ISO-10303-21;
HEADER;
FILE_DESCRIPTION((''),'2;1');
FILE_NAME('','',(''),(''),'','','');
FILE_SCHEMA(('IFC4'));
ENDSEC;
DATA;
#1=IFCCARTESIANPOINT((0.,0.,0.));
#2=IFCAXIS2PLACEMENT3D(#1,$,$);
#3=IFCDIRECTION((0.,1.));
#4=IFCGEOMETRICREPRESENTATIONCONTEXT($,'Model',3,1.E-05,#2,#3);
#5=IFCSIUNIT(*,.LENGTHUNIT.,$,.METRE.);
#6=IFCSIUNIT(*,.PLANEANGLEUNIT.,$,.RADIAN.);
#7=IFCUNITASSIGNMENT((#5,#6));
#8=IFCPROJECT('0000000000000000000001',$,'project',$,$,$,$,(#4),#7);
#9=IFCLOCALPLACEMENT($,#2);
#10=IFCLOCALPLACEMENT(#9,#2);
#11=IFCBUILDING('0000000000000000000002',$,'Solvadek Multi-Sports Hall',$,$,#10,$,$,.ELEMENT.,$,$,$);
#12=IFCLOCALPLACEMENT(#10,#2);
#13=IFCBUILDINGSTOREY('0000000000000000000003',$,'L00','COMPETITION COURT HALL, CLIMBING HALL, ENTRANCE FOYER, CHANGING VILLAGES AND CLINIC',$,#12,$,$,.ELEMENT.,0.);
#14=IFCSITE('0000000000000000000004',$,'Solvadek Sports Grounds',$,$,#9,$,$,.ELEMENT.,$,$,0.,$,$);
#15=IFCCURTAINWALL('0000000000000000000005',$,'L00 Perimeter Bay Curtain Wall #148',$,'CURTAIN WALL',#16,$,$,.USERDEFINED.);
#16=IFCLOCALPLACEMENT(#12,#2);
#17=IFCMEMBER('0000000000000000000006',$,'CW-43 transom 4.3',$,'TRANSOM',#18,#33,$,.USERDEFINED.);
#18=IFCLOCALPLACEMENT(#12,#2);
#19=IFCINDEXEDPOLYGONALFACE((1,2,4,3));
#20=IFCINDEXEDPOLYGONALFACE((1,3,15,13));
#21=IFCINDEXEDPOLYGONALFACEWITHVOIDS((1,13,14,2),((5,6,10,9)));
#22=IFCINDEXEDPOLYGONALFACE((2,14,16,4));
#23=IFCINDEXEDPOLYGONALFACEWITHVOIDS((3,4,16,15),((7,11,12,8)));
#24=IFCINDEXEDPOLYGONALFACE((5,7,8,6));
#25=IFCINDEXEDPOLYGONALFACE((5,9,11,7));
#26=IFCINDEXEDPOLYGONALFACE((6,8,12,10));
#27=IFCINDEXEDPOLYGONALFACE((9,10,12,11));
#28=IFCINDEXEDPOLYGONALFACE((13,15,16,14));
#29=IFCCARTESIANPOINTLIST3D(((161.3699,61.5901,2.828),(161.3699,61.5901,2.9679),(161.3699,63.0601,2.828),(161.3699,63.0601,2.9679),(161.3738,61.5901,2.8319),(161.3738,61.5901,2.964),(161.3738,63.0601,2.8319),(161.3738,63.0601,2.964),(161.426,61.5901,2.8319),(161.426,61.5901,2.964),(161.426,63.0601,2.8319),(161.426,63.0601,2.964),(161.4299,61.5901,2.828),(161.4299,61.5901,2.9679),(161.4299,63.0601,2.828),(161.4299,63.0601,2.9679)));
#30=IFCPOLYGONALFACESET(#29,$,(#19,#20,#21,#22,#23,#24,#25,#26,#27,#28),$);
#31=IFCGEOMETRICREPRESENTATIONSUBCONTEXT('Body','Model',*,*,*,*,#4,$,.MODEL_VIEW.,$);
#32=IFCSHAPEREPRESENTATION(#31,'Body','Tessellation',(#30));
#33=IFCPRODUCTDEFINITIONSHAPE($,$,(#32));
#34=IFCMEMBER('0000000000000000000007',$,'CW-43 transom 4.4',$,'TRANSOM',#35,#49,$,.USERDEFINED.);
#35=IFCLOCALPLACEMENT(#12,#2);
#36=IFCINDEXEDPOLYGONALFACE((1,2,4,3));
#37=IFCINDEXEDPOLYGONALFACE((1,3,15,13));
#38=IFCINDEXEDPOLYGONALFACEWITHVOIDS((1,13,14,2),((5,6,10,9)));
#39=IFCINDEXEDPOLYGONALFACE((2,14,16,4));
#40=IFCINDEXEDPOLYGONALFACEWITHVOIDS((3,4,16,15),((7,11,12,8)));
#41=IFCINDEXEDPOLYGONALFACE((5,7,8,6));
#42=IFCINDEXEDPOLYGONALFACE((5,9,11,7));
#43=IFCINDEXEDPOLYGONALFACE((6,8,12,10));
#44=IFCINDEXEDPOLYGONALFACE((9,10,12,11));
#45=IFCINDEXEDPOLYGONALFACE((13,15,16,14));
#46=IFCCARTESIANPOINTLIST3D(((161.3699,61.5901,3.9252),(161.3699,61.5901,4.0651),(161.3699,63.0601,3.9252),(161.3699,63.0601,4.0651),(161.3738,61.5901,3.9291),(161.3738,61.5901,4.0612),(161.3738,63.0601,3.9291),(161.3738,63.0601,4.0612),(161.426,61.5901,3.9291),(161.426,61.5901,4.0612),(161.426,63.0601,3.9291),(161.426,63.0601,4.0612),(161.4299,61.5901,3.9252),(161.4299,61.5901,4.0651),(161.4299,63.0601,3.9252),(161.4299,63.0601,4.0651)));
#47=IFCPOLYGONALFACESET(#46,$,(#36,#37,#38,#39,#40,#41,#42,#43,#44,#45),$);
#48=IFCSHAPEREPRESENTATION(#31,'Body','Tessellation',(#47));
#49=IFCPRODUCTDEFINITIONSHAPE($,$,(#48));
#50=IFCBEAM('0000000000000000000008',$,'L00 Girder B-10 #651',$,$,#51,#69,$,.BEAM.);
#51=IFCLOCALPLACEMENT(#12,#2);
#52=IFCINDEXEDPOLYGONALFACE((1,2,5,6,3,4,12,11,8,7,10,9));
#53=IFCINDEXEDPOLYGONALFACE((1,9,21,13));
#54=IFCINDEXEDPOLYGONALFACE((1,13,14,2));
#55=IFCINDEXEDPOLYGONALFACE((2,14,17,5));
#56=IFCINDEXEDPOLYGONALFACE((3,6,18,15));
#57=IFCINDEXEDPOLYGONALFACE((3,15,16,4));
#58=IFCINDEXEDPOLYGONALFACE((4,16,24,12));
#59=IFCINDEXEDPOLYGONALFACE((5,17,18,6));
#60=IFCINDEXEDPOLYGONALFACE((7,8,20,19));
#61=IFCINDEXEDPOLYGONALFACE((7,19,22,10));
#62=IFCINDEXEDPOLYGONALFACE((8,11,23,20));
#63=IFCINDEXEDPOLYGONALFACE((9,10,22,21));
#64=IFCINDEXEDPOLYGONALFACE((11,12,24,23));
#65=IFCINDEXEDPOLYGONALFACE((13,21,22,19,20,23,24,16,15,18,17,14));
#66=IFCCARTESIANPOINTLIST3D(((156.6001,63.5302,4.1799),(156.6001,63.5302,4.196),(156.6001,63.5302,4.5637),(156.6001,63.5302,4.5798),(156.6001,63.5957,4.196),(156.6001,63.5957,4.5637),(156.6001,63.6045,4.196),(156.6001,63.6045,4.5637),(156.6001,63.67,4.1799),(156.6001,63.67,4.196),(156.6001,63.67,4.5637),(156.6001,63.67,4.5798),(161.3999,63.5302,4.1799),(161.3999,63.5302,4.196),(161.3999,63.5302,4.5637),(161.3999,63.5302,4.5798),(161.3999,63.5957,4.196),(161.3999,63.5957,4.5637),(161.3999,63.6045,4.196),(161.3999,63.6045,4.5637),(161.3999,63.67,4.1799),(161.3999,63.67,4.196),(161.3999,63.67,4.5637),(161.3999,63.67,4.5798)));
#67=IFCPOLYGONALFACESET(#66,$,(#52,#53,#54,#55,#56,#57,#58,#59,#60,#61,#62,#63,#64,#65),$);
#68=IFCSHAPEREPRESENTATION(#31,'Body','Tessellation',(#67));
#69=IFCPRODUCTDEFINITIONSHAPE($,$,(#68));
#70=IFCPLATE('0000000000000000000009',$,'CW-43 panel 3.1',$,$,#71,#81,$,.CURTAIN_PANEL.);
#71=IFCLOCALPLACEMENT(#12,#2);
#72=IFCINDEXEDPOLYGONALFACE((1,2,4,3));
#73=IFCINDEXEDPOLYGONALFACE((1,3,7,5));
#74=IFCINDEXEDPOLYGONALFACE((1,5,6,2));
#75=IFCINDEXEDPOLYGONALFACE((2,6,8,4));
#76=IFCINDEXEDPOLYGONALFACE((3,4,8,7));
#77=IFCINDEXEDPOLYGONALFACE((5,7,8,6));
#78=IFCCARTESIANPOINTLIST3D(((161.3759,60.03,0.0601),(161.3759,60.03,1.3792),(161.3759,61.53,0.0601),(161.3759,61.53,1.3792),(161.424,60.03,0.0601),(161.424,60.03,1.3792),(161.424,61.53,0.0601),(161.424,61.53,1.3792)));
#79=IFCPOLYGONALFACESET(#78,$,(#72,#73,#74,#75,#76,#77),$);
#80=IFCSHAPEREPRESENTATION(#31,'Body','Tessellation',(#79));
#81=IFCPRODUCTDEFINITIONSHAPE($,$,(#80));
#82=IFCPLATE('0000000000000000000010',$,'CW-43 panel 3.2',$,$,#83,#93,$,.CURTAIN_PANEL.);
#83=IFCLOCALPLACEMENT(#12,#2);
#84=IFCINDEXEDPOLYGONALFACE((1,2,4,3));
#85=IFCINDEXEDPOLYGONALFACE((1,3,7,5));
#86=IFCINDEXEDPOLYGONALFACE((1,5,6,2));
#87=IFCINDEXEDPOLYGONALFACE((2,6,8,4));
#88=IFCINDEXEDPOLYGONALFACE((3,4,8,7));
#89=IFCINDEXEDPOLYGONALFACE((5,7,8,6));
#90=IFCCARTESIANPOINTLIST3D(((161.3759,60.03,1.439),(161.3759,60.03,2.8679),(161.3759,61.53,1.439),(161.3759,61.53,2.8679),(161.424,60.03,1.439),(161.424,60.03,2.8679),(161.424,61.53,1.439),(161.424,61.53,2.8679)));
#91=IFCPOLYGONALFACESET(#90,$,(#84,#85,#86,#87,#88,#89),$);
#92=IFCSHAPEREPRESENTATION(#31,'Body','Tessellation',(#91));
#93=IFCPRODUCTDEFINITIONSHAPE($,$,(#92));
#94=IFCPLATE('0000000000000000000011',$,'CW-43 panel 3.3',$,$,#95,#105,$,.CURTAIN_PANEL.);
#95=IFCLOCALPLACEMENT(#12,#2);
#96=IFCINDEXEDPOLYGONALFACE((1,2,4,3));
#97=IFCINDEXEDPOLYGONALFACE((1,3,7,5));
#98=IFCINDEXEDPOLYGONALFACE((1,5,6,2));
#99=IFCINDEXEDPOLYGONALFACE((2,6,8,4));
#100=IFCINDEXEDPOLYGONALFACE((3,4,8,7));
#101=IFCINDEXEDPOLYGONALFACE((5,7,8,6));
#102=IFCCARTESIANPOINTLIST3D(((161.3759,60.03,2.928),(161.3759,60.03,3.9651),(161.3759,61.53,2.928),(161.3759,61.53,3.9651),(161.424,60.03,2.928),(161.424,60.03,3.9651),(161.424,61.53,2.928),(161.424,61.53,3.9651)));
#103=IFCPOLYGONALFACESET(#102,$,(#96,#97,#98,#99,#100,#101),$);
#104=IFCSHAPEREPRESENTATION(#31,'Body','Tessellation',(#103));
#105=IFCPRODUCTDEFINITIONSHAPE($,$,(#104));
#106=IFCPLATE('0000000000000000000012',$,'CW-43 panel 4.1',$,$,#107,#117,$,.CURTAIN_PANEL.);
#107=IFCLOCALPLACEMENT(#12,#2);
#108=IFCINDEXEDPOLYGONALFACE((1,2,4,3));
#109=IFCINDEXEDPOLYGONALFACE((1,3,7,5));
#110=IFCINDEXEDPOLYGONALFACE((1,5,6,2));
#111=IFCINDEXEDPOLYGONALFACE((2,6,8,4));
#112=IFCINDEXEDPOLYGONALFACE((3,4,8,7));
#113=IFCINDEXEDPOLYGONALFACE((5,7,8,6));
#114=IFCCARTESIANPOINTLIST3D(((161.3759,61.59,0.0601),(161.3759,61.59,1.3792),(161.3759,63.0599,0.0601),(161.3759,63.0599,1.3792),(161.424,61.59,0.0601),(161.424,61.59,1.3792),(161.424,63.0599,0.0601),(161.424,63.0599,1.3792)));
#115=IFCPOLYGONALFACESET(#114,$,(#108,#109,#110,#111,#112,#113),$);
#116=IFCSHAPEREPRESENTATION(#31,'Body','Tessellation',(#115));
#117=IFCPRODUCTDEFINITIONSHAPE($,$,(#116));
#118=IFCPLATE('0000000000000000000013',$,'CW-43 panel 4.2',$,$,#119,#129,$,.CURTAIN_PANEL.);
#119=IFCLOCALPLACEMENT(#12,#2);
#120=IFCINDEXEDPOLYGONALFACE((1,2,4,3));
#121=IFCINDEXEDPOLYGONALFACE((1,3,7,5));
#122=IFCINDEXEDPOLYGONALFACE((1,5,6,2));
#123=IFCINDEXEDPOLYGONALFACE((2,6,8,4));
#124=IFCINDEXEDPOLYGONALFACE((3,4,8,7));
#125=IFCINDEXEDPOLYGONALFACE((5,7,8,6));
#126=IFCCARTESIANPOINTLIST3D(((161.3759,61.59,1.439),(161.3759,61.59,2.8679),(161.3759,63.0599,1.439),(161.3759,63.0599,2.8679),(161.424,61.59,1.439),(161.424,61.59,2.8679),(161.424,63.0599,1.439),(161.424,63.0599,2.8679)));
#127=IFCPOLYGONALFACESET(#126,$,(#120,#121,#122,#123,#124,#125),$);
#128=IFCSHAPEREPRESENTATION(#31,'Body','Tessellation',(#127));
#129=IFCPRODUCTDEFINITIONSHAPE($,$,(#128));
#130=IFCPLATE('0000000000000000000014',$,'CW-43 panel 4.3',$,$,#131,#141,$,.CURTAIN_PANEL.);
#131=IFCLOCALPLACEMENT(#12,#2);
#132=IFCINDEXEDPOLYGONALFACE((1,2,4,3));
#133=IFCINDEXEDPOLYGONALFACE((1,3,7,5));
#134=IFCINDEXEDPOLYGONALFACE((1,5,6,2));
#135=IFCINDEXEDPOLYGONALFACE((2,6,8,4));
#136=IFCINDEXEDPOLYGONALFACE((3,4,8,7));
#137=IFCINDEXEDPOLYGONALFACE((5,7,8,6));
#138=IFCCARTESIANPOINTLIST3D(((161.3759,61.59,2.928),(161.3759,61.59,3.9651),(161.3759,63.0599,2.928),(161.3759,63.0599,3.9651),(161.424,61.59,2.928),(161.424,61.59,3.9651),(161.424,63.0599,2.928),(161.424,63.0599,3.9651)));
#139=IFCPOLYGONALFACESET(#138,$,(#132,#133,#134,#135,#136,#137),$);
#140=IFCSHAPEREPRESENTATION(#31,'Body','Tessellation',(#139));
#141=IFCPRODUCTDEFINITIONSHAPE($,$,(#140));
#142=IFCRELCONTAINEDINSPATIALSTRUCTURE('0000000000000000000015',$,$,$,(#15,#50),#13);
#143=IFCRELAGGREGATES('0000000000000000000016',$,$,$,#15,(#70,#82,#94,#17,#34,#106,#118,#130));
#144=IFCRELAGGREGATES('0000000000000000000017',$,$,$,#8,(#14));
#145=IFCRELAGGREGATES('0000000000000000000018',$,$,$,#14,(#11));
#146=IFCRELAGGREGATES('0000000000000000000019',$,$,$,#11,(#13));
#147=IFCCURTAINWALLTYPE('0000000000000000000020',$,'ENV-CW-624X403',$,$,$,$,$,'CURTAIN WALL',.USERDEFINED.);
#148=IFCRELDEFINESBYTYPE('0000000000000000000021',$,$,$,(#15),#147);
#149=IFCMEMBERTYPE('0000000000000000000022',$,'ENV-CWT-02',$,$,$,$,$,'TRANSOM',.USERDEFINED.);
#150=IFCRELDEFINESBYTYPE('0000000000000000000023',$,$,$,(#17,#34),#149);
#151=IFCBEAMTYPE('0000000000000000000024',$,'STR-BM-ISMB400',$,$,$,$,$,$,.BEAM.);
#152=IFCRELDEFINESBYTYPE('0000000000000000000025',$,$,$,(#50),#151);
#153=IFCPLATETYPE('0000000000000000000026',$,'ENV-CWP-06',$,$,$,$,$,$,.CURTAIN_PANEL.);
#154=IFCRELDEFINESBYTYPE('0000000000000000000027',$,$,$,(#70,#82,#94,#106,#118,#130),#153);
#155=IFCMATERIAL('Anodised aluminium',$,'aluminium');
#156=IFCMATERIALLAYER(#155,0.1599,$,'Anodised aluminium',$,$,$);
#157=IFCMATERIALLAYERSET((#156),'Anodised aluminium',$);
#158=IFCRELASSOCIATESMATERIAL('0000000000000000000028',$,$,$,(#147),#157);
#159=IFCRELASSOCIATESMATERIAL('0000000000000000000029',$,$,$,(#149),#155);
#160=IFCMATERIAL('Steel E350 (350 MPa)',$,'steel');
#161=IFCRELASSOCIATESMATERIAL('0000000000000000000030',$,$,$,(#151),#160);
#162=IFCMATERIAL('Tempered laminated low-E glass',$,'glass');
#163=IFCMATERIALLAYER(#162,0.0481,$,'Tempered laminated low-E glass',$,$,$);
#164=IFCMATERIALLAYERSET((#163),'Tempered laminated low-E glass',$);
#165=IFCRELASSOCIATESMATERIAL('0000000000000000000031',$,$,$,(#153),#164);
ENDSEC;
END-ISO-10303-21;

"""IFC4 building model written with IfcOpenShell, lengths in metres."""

from ifc_helpers import new_model, si_unit, direction, frame, origin, origin_2d, place, context, subcontext, project, spatial, rectangle, hollow_rectangle, i_section, extrude, material, layer, layer_set, material_profile, profile_set, type_object, element, aggregate, save


model = new_model("IFC4")

# Units and contexts
model_context = context("Model", 3, precision=1e-05, world=origin(), true_north=direction((0.0, 1.0)))
body_context = subcontext(model_context, "Body", "Model", "MODEL_VIEW")
ifc_project = project(units=[si_unit("LENGTHUNIT", "METRE"), si_unit("PLANEANGLEUNIT", "RADIAN")], contexts=[model_context])

# Site, building, storey
site_placement = place(None, origin())
site = spatial("IfcSite", under=ifc_project, at=site_placement, Name="Solvadek Sports Grounds", CompositionType="ELEMENT", RefElevation=0.0)
building_placement = place(site_placement, origin())
building = spatial("IfcBuilding", under=site, at=building_placement, Name="Solvadek Multi-Sports Hall", CompositionType="ELEMENT")
storey_placement = place(building_placement, origin())
storey = spatial("IfcBuildingStorey", under=building, at=storey_placement, Name="L00", Description="COMPETITION COURT HALL, CLIMBING HALL, ENTRANCE FOYER, CHANGING VILLAGES AND CLINIC", CompositionType="ELEMENT", Elevation=0.0)

# Shared definitions
ifc_material_1 = material(Name="Steel E350 (350 MPa)", Category="steel")

# Curtain wall, members
ifc_material_2 = material(Name="Anodised aluminium", Category="aluminium")
ifc_layer_1 = layer(ifc_material_2, 0.1599, Name="Anodised aluminium")
ifc_layer_set_1 = layer_set([ifc_layer_1], Name="Anodised aluminium")
curtain_wall_type = type_object("IfcCurtainWallType", Name="ENV-CW-624X403", ElementType="CURTAIN WALL", PredefinedType="USERDEFINED", material=ifc_layer_set_1)
curtain_wall_placement = place(storey_placement, origin())
curtain_wall = element("IfcCurtainWall", 1, at=curtain_wall_placement, inside=storey, type_object=curtain_wall_type, Name="L00 Perimeter Bay Curtain Wall #148", ObjectType="CURTAIN WALL", PredefinedType="USERDEFINED")
ifc_material_profile_1 = material_profile(ifc_material_2, hollow_rectangle(XDim=0.0601, YDim=0.1399, WallThickness=0.0039, at=origin_2d()), Name="ALU-T 140x60x4")
ifc_profile_set_1 = profile_set([ifc_material_profile_1], Name="Anodised aluminium")
member_type_1 = type_object("IfcMemberType", Name="ENV-CWT-02", ElementType="TRANSOM", PredefinedType="USERDEFINED", material=ifc_profile_set_1)
member_1_placement = place(storey_placement, frame((161.3999, 61.5901, 2.8979), z_axis=(0.0, 1.0, 0.0), x_axis=(-1.0, 0.0, 0.0)))
member_1 = element("IfcMember", 2, at=member_1_placement, type_object=member_type_1, Name="CW-43 transom 4.3", ObjectType="TRANSOM", PredefinedType="USERDEFINED", context=body_context, shape_type="SweptSolid", body=[
    extrude(hollow_rectangle(XDim=0.0601, YDim=0.1399, WallThickness=0.0039, at=origin_2d()), origin(), (0.0, 0.0, 1.0), 1.47),
])
member_2_placement = place(storey_placement, frame((161.3999, 61.5901, 3.9951), z_axis=(0.0, 1.0, 0.0), x_axis=(-1.0, 0.0, 0.0)))
member_2 = element("IfcMember", 3, at=member_2_placement, type_object=member_type_1, Name="CW-43 transom 4.4", ObjectType="TRANSOM", PredefinedType="USERDEFINED", context=body_context, shape_type="SweptSolid", body=[
    extrude(hollow_rectangle(XDim=0.0601, YDim=0.1399, WallThickness=0.0039, at=origin_2d()), origin(), (0.0, 0.0, 1.0), 1.47),
])

# Beam
ifc_material_profile_2 = material_profile(ifc_material_1, i_section(OverallWidth=0.1399, OverallDepth=0.3999, WebThickness=0.0088, FlangeThickness=0.0161, at=origin_2d()), Name="ISMB 400")
ifc_profile_set_2 = profile_set([ifc_material_profile_2], Name="Steel E350 (350 MPa)")
beam_type = type_object("IfcBeamType", Name="STR-BM-ISMB400", PredefinedType="BEAM", material=ifc_profile_set_2)
beam_placement = place(storey_placement, frame((156.6001, 63.6001, 4.3799), z_axis=(1.0, 0.0, 0.0), x_axis=(0.0, 1.0, 0.0)))
element("IfcBeam", 4, at=beam_placement, inside=storey, type_object=beam_type, Name="L00 Girder B-10 #651", PredefinedType="BEAM", context=body_context, shape_type="SweptSolid", body=[
    extrude(i_section(OverallWidth=0.1399, OverallDepth=0.3999, WebThickness=0.0088, FlangeThickness=0.0161, at=origin_2d()), origin(), (0.0, 0.0, 1.0), 4.7998),
])

# Plates
ifc_material_3 = material(Name="Tempered laminated low-E glass", Category="glass")
ifc_layer_2 = layer(ifc_material_3, 0.0481, Name="Tempered laminated low-E glass")
ifc_layer_set_2 = layer_set([ifc_layer_2], Name="Tempered laminated low-E glass")
plate_type = type_object("IfcPlateType", Name="ENV-CWP-06", PredefinedType="CURTAIN_PANEL", material=ifc_layer_set_2)
plate_1_placement = place(storey_placement, frame((161.3999, 60.78, 0.0601), z_axis=(0.0, 0.0, 1.0), x_axis=(0.0, 1.0, 0.0)))
plate_1 = element("IfcPlate", 5, at=plate_1_placement, type_object=plate_type, Name="CW-43 panel 3.1", PredefinedType="CURTAIN_PANEL", context=body_context, shape_type="SweptSolid", body=[
    extrude(rectangle(XDim=1.5, YDim=0.0481, at=origin_2d()), origin(), (0.0, 0.0, 1.0), 1.3191),
])
plate_2_placement = place(storey_placement, frame((161.3999, 60.78, 1.439), z_axis=(0.0, 0.0, 1.0), x_axis=(0.0, 1.0, 0.0)))
plate_2 = element("IfcPlate", 6, at=plate_2_placement, type_object=plate_type, Name="CW-43 panel 3.2", PredefinedType="CURTAIN_PANEL", context=body_context, shape_type="SweptSolid", body=[
    extrude(rectangle(XDim=1.5, YDim=0.0481, at=origin_2d()), origin(), (0.0, 0.0, 1.0), 1.429),
])
plate_3_placement = place(storey_placement, frame((161.3999, 60.78, 2.928), z_axis=(0.0, 0.0, 1.0), x_axis=(0.0, 1.0, 0.0)))
plate_3 = element("IfcPlate", 7, at=plate_3_placement, type_object=plate_type, Name="CW-43 panel 3.3", PredefinedType="CURTAIN_PANEL", context=body_context, shape_type="SweptSolid", body=[
    extrude(rectangle(XDim=1.5, YDim=0.0481, at=origin_2d()), origin(), (0.0, 0.0, 1.0), 1.0371),
])
plate_4_placement = place(storey_placement, frame((161.3999, 62.325, 0.0601), z_axis=(0.0, 0.0, 1.0), x_axis=(0.0, 1.0, 0.0)))
plate_4 = element("IfcPlate", 8, at=plate_4_placement, type_object=plate_type, Name="CW-43 panel 4.1", PredefinedType="CURTAIN_PANEL", context=body_context, shape_type="SweptSolid", body=[
    extrude(rectangle(XDim=1.47, YDim=0.0481, at=origin_2d()), origin(), (0.0, 0.0, 1.0), 1.3191),
])
plate_5_placement = place(storey_placement, frame((161.3999, 62.325, 1.439), z_axis=(0.0, 0.0, 1.0), x_axis=(0.0, 1.0, 0.0)))
plate_5 = element("IfcPlate", 9, at=plate_5_placement, type_object=plate_type, Name="CW-43 panel 4.2", PredefinedType="CURTAIN_PANEL", context=body_context, shape_type="SweptSolid", body=[
    extrude(rectangle(XDim=1.47, YDim=0.0481, at=origin_2d()), origin(), (0.0, 0.0, 1.0), 1.429),
])
plate_6_placement = place(storey_placement, frame((161.3999, 62.325, 2.928), z_axis=(0.0, 0.0, 1.0), x_axis=(0.0, 1.0, 0.0)))
plate_6 = element("IfcPlate", 10, at=plate_6_placement, type_object=plate_type, Name="CW-43 panel 4.3", PredefinedType="CURTAIN_PANEL", context=body_context, shape_type="SweptSolid", body=[
    extrude(rectangle(XDim=1.47, YDim=0.0481, at=origin_2d()), origin(), (0.0, 0.0, 1.0), 1.0371),
])
aggregate(curtain_wall, [plate_1, plate_2, plate_3, member_1, member_2, plate_4, plate_5, plate_6])

save(model, "model.ifc")
